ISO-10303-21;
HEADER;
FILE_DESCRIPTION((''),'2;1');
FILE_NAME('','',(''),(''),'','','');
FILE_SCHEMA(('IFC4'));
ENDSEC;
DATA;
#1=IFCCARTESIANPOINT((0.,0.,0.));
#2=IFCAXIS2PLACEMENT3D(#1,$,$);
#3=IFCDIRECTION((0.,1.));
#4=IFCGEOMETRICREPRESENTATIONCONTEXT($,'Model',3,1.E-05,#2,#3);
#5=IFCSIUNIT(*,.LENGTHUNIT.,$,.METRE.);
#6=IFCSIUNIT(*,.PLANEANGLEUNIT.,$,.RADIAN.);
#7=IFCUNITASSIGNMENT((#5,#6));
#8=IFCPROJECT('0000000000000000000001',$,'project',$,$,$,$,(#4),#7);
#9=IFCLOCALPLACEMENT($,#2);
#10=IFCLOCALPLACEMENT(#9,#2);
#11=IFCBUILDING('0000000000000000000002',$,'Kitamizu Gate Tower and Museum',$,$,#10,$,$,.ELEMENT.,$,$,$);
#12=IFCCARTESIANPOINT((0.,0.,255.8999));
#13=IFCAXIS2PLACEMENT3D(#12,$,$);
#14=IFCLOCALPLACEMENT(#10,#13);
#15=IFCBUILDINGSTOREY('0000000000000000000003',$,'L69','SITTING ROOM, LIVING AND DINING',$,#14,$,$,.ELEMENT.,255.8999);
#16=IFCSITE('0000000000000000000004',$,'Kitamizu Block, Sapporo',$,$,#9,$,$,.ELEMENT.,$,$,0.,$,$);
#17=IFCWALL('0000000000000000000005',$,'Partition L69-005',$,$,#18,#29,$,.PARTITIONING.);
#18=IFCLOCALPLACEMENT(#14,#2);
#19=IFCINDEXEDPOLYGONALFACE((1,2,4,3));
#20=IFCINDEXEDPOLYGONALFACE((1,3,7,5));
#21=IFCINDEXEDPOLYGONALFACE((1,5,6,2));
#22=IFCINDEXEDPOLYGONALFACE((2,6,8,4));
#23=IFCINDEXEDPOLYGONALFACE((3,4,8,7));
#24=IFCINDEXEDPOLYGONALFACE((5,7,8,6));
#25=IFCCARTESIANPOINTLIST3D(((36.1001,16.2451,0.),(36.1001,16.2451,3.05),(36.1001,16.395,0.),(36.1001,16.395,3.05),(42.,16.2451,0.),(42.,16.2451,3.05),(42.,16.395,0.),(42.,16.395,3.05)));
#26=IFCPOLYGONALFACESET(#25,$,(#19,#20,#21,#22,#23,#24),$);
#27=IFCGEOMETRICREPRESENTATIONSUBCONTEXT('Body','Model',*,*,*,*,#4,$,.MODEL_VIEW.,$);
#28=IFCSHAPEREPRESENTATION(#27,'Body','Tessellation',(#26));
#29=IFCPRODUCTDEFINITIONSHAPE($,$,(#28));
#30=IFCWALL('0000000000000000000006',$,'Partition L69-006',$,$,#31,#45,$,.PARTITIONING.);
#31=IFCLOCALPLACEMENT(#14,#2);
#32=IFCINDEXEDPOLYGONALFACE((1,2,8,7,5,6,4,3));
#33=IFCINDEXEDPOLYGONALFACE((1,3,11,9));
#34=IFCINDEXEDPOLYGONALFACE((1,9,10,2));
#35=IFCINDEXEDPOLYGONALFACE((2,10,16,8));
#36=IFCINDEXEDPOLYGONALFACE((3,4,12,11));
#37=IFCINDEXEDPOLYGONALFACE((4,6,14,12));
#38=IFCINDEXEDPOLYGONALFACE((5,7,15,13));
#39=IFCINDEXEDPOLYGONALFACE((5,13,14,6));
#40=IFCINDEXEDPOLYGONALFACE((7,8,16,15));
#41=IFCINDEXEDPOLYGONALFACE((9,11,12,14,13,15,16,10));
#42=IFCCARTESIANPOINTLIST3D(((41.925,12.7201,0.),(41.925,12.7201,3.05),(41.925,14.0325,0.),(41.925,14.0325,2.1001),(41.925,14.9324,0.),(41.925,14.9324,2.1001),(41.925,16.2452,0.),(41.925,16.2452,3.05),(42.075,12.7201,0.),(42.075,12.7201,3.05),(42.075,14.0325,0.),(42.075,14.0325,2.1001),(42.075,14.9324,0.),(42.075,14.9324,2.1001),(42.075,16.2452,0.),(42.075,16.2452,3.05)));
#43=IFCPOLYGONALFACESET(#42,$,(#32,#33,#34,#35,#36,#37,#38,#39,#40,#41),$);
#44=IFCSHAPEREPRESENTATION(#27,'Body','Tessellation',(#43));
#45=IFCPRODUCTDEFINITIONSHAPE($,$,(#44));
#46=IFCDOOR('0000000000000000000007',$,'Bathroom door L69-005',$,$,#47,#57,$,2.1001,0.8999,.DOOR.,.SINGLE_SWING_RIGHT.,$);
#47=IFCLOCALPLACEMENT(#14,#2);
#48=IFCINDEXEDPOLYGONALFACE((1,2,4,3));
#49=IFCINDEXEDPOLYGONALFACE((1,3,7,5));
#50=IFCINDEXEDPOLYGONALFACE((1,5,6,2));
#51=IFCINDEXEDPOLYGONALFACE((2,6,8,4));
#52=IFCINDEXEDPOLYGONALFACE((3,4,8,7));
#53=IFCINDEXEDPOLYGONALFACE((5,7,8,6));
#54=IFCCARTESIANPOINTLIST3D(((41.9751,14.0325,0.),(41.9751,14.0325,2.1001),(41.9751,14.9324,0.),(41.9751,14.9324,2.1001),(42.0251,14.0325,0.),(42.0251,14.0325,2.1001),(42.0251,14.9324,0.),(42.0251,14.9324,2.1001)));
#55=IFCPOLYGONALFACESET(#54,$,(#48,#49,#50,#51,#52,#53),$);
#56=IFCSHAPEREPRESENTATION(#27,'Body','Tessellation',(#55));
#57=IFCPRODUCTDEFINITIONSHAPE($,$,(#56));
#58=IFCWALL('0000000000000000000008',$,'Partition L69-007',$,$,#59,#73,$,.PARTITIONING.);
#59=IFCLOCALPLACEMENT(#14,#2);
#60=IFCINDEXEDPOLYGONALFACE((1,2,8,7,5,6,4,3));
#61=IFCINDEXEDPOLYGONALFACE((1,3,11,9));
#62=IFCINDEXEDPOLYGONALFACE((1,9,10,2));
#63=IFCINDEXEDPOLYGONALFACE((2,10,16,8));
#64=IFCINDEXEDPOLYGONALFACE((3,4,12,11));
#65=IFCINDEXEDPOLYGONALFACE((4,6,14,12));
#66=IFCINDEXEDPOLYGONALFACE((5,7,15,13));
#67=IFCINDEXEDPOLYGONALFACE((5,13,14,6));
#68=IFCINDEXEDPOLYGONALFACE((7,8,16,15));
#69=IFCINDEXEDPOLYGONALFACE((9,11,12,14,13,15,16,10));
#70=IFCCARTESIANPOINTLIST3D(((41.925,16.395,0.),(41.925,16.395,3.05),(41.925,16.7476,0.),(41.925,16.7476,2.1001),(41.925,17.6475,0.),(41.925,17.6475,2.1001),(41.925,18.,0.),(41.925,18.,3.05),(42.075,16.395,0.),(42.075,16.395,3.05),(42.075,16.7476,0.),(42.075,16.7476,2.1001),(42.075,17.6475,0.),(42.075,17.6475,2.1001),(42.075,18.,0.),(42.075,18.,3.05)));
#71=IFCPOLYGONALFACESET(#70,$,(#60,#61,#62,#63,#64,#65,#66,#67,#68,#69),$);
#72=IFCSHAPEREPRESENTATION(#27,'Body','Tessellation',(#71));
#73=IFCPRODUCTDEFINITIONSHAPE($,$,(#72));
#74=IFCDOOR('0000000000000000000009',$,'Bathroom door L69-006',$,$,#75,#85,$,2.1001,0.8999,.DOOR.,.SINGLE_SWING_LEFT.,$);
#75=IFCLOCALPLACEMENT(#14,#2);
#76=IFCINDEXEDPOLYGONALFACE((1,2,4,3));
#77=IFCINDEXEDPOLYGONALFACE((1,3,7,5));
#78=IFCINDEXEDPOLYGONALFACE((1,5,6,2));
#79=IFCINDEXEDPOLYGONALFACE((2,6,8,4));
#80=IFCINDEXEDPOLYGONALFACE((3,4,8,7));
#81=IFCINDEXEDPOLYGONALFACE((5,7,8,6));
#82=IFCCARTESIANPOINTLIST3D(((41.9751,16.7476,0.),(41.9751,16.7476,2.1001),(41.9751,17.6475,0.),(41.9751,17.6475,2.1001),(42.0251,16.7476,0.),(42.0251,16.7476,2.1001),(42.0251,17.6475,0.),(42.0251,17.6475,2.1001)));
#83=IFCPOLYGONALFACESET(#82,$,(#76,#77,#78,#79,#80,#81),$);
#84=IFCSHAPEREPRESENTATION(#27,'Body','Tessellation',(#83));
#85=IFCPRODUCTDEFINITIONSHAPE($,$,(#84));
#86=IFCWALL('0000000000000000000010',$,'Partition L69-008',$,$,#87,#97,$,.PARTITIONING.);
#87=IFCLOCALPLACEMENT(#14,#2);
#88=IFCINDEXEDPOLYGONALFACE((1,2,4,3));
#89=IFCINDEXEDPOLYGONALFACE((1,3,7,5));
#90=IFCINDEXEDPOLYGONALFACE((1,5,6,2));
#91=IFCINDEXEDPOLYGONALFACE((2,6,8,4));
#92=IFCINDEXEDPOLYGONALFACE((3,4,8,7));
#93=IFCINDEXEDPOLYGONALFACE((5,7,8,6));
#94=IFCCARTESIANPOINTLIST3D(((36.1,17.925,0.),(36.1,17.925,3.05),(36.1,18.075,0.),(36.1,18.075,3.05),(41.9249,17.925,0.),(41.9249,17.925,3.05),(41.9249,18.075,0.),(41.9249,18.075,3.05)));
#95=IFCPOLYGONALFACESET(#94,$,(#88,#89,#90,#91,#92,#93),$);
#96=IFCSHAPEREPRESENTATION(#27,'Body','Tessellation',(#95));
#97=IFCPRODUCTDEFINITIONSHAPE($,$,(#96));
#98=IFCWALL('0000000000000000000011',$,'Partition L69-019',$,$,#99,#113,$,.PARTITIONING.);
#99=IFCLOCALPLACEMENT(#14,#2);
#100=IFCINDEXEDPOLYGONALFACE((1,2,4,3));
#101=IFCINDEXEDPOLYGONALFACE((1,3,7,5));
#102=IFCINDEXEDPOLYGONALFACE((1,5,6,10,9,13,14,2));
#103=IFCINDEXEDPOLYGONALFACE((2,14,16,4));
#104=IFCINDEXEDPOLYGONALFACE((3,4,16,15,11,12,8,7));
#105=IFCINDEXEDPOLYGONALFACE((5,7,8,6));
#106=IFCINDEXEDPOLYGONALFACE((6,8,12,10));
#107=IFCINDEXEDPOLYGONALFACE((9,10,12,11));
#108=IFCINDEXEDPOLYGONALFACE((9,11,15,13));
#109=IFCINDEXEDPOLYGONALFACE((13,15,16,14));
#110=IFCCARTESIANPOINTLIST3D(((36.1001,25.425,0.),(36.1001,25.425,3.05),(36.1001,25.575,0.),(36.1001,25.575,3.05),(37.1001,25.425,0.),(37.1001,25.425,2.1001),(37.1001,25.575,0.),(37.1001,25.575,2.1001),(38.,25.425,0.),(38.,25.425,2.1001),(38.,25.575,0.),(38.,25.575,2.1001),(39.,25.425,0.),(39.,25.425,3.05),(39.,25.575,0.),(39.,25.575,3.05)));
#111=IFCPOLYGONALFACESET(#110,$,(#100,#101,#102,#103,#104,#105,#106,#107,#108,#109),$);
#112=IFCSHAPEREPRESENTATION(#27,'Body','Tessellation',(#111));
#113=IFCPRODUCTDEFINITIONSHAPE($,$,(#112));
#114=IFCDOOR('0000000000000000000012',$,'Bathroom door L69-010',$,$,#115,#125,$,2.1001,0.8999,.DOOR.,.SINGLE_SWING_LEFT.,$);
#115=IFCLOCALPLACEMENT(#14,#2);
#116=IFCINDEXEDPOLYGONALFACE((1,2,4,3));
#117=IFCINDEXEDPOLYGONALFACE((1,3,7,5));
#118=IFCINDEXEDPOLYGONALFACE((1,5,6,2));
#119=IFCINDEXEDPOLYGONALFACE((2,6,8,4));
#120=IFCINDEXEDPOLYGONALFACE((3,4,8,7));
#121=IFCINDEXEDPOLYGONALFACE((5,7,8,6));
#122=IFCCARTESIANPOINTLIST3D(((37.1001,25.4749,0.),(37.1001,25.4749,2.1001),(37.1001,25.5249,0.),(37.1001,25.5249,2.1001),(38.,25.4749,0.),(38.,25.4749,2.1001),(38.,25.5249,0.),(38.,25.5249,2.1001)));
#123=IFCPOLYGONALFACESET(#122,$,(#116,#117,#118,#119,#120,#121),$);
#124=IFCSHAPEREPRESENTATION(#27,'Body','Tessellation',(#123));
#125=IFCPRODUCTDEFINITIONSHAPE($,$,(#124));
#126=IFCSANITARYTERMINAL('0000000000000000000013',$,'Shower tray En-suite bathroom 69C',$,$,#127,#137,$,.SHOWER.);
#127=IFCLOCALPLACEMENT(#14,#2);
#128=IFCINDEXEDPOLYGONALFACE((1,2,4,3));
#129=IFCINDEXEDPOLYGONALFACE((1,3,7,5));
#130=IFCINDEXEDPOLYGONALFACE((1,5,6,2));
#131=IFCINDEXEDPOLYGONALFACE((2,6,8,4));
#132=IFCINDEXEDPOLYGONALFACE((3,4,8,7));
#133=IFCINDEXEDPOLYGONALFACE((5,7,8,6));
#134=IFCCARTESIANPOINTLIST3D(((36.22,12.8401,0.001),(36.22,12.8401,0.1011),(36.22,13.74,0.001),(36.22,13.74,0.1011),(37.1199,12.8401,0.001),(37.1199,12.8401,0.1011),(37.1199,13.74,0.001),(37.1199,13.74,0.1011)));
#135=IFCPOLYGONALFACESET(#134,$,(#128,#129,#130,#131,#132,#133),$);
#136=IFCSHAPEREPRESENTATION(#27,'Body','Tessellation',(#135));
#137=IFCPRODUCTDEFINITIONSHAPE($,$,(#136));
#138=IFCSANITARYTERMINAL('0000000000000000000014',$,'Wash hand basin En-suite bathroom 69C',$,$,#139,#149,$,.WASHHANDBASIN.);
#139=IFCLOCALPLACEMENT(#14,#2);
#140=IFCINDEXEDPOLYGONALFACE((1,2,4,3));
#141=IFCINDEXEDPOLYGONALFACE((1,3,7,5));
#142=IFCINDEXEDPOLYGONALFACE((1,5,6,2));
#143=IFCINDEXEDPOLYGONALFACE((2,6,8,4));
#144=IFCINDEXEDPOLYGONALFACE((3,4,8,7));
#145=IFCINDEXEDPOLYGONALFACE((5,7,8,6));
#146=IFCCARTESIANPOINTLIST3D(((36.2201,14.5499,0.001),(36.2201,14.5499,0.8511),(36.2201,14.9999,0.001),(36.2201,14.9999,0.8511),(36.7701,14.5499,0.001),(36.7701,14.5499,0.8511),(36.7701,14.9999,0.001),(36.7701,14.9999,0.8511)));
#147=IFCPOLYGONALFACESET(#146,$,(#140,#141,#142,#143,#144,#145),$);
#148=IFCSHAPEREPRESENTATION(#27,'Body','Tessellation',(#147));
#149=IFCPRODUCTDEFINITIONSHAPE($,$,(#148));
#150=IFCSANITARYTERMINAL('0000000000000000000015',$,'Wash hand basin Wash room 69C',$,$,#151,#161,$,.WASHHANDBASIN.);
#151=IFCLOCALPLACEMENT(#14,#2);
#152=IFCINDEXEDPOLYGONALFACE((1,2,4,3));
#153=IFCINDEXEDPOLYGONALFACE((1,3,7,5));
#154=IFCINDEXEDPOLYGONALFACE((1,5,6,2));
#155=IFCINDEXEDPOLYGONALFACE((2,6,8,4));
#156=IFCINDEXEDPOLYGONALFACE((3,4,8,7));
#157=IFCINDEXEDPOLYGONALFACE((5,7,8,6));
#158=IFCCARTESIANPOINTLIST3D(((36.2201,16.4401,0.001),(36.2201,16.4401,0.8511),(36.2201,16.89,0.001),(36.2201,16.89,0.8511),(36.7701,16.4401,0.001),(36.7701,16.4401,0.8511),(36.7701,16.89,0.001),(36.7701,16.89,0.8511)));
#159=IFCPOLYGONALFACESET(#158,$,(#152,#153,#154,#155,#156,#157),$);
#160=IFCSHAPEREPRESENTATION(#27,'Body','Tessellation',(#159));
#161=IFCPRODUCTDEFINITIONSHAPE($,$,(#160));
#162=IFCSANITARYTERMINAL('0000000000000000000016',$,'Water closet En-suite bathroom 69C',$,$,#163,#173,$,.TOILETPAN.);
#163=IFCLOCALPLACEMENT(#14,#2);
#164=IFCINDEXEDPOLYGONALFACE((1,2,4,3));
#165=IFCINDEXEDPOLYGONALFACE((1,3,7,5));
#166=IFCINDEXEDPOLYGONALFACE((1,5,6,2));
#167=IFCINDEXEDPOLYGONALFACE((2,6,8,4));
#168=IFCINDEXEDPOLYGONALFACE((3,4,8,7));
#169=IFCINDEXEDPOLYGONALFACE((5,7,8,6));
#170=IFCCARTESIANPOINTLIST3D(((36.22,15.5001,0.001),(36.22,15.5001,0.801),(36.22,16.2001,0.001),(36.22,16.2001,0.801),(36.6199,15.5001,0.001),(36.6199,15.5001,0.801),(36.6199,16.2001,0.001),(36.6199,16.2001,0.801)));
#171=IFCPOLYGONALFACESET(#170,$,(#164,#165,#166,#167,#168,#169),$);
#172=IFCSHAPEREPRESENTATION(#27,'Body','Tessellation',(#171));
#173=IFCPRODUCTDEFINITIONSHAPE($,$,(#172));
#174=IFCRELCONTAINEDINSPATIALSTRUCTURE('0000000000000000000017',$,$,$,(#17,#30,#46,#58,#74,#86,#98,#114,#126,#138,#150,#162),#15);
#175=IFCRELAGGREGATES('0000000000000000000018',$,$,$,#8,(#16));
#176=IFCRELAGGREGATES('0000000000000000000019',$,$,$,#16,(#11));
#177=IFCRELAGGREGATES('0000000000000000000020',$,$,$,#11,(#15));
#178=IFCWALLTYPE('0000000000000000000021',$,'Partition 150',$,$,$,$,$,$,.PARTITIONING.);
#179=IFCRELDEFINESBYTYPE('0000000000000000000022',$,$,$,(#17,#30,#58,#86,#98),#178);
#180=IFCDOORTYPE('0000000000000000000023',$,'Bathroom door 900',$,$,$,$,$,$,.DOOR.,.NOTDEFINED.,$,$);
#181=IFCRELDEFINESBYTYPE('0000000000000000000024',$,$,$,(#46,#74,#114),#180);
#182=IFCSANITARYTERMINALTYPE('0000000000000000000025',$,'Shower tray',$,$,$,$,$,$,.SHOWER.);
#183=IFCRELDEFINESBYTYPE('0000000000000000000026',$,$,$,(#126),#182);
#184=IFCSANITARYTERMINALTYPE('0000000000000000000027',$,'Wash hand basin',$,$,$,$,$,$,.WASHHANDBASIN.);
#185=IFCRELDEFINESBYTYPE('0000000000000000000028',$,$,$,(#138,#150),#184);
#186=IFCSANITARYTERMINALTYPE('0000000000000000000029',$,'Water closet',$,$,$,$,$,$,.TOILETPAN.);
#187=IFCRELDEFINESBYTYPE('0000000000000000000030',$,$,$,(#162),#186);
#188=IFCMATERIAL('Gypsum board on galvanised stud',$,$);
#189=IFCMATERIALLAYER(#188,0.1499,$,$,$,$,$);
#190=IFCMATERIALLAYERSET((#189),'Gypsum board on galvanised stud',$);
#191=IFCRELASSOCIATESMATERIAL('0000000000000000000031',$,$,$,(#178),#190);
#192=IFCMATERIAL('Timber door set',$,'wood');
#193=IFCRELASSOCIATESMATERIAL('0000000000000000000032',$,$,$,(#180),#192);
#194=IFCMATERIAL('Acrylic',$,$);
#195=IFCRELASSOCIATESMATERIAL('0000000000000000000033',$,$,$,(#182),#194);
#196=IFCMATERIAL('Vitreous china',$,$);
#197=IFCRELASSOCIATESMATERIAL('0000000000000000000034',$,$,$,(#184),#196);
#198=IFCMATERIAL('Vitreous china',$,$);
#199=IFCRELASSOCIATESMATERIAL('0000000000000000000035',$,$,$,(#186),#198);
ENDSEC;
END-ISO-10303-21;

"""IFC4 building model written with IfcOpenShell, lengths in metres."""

from ifc_helpers import new_model, si_unit, direction, frame, frame_2d, origin, origin_2d, place, context, subcontext, project, spatial, rectangle, extrude, material, layer, layer_set, type_object, element, fill, save


model = new_model("IFC4")

# Units and contexts
model_context = context("Model", 3, precision=1e-05, world=origin(), true_north=direction((0.0, 1.0)))
body_context = subcontext(model_context, "Body", "Model", "MODEL_VIEW")
ifc_project = project(units=[si_unit("LENGTHUNIT", "METRE"), si_unit("PLANEANGLEUNIT", "RADIAN")], contexts=[model_context])

# Site, building, storey
site_placement = place(None, origin())
site = spatial("IfcSite", under=ifc_project, at=site_placement, Name="Kitamizu Block, Sapporo", CompositionType="ELEMENT", RefElevation=0.0)
building_placement = place(site_placement, origin())
building = spatial("IfcBuilding", under=site, at=building_placement, Name="Kitamizu Gate Tower and Museum", CompositionType="ELEMENT")
storey_placement = place(building_placement, frame((0.0, 0.0, 255.8999)))
storey = spatial("IfcBuildingStorey", under=building, at=storey_placement, Name="L69", Description="SITTING ROOM, LIVING AND DINING", CompositionType="ELEMENT", Elevation=255.8999)

# Wall
ifc_material_1 = material(Name="Gypsum board on galvanised stud")
ifc_layer_1 = layer(ifc_material_1, 0.1499)
ifc_layer_set_1 = layer_set([ifc_layer_1], Name="Gypsum board on galvanised stud")
wall_type_1 = type_object("IfcWallType", Name="Partition 150", PredefinedType="PARTITIONING", material=ifc_layer_set_1)
wall_1_placement = place(storey_placement, frame((42.0, 16.3201, 0.0), z_axis=(0.0, 0.0, 1.0), x_axis=(-1.0, 0.0, 0.0)))
element("IfcWall", 1, at=wall_1_placement, inside=storey, type_object=wall_type_1, Name="Partition L69-005", PredefinedType="PARTITIONING", context=body_context, shape_type="SweptSolid", body=[
    extrude(rectangle(XDim=5.8999, YDim=0.1499, at=frame_2d((2.95, 0.0))), origin(), (0.0, 0.0, 1.0), 3.05),
])

# Walls, openings, doors
wall_2_placement = place(storey_placement, frame((42.0, 12.72, 0.0), z_axis=(0.0, 0.0, 1.0), x_axis=(0.0, 1.0, 0.0)))
wall_2 = element("IfcWall", 2, at=wall_2_placement, inside=storey, type_object=wall_type_1, Name="Partition L69-006", PredefinedType="PARTITIONING", context=body_context, shape_type="SweptSolid", body=[
    extrude(rectangle(XDim=3.5251, YDim=0.1499, at=frame_2d((1.7627, 0.0))), origin(), (0.0, 0.0, 1.0), 3.05),
])
opening_1_placement = place(wall_2_placement, frame((1.3125, 0.0, 0.0)))
opening_1 = element("IfcOpeningElement", 3, at=opening_1_placement, cuts=wall_2, PredefinedType="OPENING", context=body_context, shape_type="SweptSolid", body=[
    extrude(rectangle(XDim=0.8999, YDim=2.1001, at=frame_2d((0.45, 1.05))), frame((0.0, 0.085, 0.0), z_axis=(0.0, -1.0, 0.0), x_axis=(1.0, 0.0, 0.0)), (0.0, 0.0, 1.0), 0.1699),
])
ifc_material_2 = material(Name="Timber door set", Category="wood")
door_type_1 = type_object("IfcDoorType", Name="Bathroom door 900", OperationType="NOTDEFINED", PredefinedType="DOOR", material=ifc_material_2)
door_1_placement = place(opening_1_placement, origin())
door_1 = element("IfcDoor", 4, at=door_1_placement, inside=storey, type_object=door_type_1, Name="Bathroom door L69-005", OperationType="SINGLE_SWING_RIGHT", OverallHeight=2.1001, OverallWidth=0.8999, PredefinedType="DOOR", context=body_context, shape_type="SweptSolid", body=[
    extrude(rectangle(XDim=0.8999, YDim=2.1001, at=frame_2d((0.45, 1.05))), frame((0.0, 0.0249, 0.0), z_axis=(0.0, -1.0, 0.0), x_axis=(1.0, 0.0, 0.0)), (0.0, 0.0, 1.0), 0.05),
])
fill(opening_1, door_1)
wall_3_placement = place(storey_placement, frame((42.0, 16.395, 0.0), z_axis=(0.0, 0.0, 1.0), x_axis=(0.0, 1.0, 0.0)))
wall_3 = element("IfcWall", 5, at=wall_3_placement, inside=storey, type_object=wall_type_1, Name="Partition L69-007", PredefinedType="PARTITIONING", context=body_context, shape_type="SweptSolid", body=[
    extrude(rectangle(XDim=1.605, YDim=0.1499, at=frame_2d((0.8025, 0.0))), origin(), (0.0, 0.0, 1.0), 3.05),
])
opening_2_placement = place(wall_3_placement, frame((0.3525, 0.0, 0.0)))
opening_2 = element("IfcOpeningElement", 6, at=opening_2_placement, cuts=wall_3, PredefinedType="OPENING", context=body_context, shape_type="SweptSolid", body=[
    extrude(rectangle(XDim=0.8999, YDim=2.1001, at=frame_2d((0.45, 1.05))), frame((0.0, 0.085, 0.0), z_axis=(0.0, -1.0, 0.0), x_axis=(1.0, 0.0, 0.0)), (0.0, 0.0, 1.0), 0.1699),
])
door_2_placement = place(opening_2_placement, origin())
door_2 = element("IfcDoor", 7, at=door_2_placement, inside=storey, type_object=door_type_1, Name="Bathroom door L69-006", OperationType="SINGLE_SWING_LEFT", OverallHeight=2.1001, OverallWidth=0.8999, PredefinedType="DOOR", context=body_context, shape_type="SweptSolid", body=[
    extrude(rectangle(XDim=0.8999, YDim=2.1001, at=frame_2d((0.45, 1.05))), frame((0.0, 0.0249, 0.0), z_axis=(0.0, -1.0, 0.0), x_axis=(1.0, 0.0, 0.0)), (0.0, 0.0, 1.0), 0.05),
])
fill(opening_2, door_2)

# Wall
wall_4_placement = place(storey_placement, frame((41.925, 18.0, 0.0), z_axis=(0.0, 0.0, 1.0), x_axis=(-1.0, 0.0, 0.0)))
element("IfcWall", 8, at=wall_4_placement, inside=storey, type_object=wall_type_1, Name="Partition L69-008", PredefinedType="PARTITIONING", context=body_context, shape_type="SweptSolid", body=[
    extrude(rectangle(XDim=5.825, YDim=0.1499, at=frame_2d((2.9126, 0.0))), origin(), (0.0, 0.0, 1.0), 3.05),
])

# Wall, opening, door
wall_5_placement = place(storey_placement, frame((39.0, 25.5, 0.0), z_axis=(0.0, 0.0, 1.0), x_axis=(-1.0, 0.0, 0.0)))
wall_5 = element("IfcWall", 9, at=wall_5_placement, inside=storey, type_object=wall_type_1, Name="Partition L69-019", PredefinedType="PARTITIONING", context=body_context, shape_type="SweptSolid", body=[
    extrude(rectangle(XDim=2.8999, YDim=0.1499, at=frame_2d((1.45, 0.0))), origin(), (0.0, 0.0, 1.0), 3.05),
])
opening_3_placement = place(wall_5_placement, frame((1.0, 0.0, 0.0)))
opening_3 = element("IfcOpeningElement", 10, at=opening_3_placement, cuts=wall_5, PredefinedType="OPENING", context=body_context, shape_type="SweptSolid", body=[
    extrude(rectangle(XDim=0.8999, YDim=2.1001, at=frame_2d((0.45, 1.05))), frame((0.0, 0.085, 0.0), z_axis=(0.0, -1.0, 0.0), x_axis=(1.0, 0.0, 0.0)), (0.0, 0.0, 1.0), 0.1699),
])
door_3_placement = place(opening_3_placement, frame((0.8999, 0.0, 0.0), x_axis=(-1.0, 0.0, 0.0)))
door_3 = element("IfcDoor", 11, at=door_3_placement, inside=storey, type_object=door_type_1, Name="Bathroom door L69-010", OperationType="SINGLE_SWING_LEFT", OverallHeight=2.1001, OverallWidth=0.8999, PredefinedType="DOOR", context=body_context, shape_type="SweptSolid", body=[
    extrude(rectangle(XDim=0.8999, YDim=2.1001, at=frame_2d((0.45, 1.05))), frame((0.0, 0.0249, 0.0), z_axis=(0.0, -1.0, 0.0), x_axis=(1.0, 0.0, 0.0)), (0.0, 0.0, 1.0), 0.05),
])
fill(opening_3, door_3)

# Sanitary terminals
ifc_material_3 = material(Name="Acrylic")
sanitary_terminal_type_1 = type_object("IfcSanitaryTerminalType", Name="Shower tray", PredefinedType="SHOWER", material=ifc_material_3)
sanitary_terminal_1_placement = place(storey_placement, frame((36.6699, 13.29, 0.001), z_axis=(0.0, 0.0, 1.0), x_axis=(1.0, 0.0, 0.0)))
element("IfcSanitaryTerminal", 12, at=sanitary_terminal_1_placement, inside=storey, type_object=sanitary_terminal_type_1, Name="Shower tray En-suite bathroom 69C", PredefinedType="SHOWER", context=body_context, shape_type="SweptSolid", body=[
    extrude(rectangle(XDim=0.8999, YDim=0.8999, at=origin_2d()), origin(), (0.0, 0.0, 1.0), 0.1001),
])
ifc_material_4 = material(Name="Vitreous china")
sanitary_terminal_type_2 = type_object("IfcSanitaryTerminalType", Name="Wash hand basin", PredefinedType="WASHHANDBASIN", material=ifc_material_4)
for number, where, z_axis, x_axis, name in (
    (13, (36.4951, 14.7749, 0.001), (0.0, 0.0, 1.0), (1.0, 0.0, 0.0), "Wash hand basin En-suite bathroom 69C"),
    (14, (36.4951, 16.665, 0.001), (0.0, 0.0, 1.0), (1.0, 0.0, 0.0), "Wash hand basin Wash room 69C"),
):
    element("IfcSanitaryTerminal", number, at=place(storey_placement, frame(where, z_axis=z_axis, x_axis=x_axis)), inside=storey, type_object=sanitary_terminal_type_2, Name=name, PredefinedType="WASHHANDBASIN", context=body_context, shape_type="SweptSolid", body=[
        extrude(rectangle(XDim=0.55, YDim=0.45, at=origin_2d()), origin(), (0.0, 0.0, 1.0), 0.8501),
    ])
ifc_material_5 = material(Name="Vitreous china")
sanitary_terminal_type_3 = type_object("IfcSanitaryTerminalType", Name="Water closet", PredefinedType="TOILETPAN", material=ifc_material_5)
sanitary_terminal_2_placement = place(storey_placement, frame((36.4199, 15.8501, 0.001), z_axis=(0.0, 0.0, 1.0), x_axis=(1.0, 0.0, 0.0)))
element("IfcSanitaryTerminal", 15, at=sanitary_terminal_2_placement, inside=storey, type_object=sanitary_terminal_type_3, Name="Water closet En-suite bathroom 69C", PredefinedType="TOILETPAN", context=body_context, shape_type="SweptSolid", body=[
    extrude(rectangle(XDim=0.3999, YDim=0.7, at=origin_2d()), origin(), (0.0, 0.0, 1.0), 0.8),
])

save(model, "model.ifc")
